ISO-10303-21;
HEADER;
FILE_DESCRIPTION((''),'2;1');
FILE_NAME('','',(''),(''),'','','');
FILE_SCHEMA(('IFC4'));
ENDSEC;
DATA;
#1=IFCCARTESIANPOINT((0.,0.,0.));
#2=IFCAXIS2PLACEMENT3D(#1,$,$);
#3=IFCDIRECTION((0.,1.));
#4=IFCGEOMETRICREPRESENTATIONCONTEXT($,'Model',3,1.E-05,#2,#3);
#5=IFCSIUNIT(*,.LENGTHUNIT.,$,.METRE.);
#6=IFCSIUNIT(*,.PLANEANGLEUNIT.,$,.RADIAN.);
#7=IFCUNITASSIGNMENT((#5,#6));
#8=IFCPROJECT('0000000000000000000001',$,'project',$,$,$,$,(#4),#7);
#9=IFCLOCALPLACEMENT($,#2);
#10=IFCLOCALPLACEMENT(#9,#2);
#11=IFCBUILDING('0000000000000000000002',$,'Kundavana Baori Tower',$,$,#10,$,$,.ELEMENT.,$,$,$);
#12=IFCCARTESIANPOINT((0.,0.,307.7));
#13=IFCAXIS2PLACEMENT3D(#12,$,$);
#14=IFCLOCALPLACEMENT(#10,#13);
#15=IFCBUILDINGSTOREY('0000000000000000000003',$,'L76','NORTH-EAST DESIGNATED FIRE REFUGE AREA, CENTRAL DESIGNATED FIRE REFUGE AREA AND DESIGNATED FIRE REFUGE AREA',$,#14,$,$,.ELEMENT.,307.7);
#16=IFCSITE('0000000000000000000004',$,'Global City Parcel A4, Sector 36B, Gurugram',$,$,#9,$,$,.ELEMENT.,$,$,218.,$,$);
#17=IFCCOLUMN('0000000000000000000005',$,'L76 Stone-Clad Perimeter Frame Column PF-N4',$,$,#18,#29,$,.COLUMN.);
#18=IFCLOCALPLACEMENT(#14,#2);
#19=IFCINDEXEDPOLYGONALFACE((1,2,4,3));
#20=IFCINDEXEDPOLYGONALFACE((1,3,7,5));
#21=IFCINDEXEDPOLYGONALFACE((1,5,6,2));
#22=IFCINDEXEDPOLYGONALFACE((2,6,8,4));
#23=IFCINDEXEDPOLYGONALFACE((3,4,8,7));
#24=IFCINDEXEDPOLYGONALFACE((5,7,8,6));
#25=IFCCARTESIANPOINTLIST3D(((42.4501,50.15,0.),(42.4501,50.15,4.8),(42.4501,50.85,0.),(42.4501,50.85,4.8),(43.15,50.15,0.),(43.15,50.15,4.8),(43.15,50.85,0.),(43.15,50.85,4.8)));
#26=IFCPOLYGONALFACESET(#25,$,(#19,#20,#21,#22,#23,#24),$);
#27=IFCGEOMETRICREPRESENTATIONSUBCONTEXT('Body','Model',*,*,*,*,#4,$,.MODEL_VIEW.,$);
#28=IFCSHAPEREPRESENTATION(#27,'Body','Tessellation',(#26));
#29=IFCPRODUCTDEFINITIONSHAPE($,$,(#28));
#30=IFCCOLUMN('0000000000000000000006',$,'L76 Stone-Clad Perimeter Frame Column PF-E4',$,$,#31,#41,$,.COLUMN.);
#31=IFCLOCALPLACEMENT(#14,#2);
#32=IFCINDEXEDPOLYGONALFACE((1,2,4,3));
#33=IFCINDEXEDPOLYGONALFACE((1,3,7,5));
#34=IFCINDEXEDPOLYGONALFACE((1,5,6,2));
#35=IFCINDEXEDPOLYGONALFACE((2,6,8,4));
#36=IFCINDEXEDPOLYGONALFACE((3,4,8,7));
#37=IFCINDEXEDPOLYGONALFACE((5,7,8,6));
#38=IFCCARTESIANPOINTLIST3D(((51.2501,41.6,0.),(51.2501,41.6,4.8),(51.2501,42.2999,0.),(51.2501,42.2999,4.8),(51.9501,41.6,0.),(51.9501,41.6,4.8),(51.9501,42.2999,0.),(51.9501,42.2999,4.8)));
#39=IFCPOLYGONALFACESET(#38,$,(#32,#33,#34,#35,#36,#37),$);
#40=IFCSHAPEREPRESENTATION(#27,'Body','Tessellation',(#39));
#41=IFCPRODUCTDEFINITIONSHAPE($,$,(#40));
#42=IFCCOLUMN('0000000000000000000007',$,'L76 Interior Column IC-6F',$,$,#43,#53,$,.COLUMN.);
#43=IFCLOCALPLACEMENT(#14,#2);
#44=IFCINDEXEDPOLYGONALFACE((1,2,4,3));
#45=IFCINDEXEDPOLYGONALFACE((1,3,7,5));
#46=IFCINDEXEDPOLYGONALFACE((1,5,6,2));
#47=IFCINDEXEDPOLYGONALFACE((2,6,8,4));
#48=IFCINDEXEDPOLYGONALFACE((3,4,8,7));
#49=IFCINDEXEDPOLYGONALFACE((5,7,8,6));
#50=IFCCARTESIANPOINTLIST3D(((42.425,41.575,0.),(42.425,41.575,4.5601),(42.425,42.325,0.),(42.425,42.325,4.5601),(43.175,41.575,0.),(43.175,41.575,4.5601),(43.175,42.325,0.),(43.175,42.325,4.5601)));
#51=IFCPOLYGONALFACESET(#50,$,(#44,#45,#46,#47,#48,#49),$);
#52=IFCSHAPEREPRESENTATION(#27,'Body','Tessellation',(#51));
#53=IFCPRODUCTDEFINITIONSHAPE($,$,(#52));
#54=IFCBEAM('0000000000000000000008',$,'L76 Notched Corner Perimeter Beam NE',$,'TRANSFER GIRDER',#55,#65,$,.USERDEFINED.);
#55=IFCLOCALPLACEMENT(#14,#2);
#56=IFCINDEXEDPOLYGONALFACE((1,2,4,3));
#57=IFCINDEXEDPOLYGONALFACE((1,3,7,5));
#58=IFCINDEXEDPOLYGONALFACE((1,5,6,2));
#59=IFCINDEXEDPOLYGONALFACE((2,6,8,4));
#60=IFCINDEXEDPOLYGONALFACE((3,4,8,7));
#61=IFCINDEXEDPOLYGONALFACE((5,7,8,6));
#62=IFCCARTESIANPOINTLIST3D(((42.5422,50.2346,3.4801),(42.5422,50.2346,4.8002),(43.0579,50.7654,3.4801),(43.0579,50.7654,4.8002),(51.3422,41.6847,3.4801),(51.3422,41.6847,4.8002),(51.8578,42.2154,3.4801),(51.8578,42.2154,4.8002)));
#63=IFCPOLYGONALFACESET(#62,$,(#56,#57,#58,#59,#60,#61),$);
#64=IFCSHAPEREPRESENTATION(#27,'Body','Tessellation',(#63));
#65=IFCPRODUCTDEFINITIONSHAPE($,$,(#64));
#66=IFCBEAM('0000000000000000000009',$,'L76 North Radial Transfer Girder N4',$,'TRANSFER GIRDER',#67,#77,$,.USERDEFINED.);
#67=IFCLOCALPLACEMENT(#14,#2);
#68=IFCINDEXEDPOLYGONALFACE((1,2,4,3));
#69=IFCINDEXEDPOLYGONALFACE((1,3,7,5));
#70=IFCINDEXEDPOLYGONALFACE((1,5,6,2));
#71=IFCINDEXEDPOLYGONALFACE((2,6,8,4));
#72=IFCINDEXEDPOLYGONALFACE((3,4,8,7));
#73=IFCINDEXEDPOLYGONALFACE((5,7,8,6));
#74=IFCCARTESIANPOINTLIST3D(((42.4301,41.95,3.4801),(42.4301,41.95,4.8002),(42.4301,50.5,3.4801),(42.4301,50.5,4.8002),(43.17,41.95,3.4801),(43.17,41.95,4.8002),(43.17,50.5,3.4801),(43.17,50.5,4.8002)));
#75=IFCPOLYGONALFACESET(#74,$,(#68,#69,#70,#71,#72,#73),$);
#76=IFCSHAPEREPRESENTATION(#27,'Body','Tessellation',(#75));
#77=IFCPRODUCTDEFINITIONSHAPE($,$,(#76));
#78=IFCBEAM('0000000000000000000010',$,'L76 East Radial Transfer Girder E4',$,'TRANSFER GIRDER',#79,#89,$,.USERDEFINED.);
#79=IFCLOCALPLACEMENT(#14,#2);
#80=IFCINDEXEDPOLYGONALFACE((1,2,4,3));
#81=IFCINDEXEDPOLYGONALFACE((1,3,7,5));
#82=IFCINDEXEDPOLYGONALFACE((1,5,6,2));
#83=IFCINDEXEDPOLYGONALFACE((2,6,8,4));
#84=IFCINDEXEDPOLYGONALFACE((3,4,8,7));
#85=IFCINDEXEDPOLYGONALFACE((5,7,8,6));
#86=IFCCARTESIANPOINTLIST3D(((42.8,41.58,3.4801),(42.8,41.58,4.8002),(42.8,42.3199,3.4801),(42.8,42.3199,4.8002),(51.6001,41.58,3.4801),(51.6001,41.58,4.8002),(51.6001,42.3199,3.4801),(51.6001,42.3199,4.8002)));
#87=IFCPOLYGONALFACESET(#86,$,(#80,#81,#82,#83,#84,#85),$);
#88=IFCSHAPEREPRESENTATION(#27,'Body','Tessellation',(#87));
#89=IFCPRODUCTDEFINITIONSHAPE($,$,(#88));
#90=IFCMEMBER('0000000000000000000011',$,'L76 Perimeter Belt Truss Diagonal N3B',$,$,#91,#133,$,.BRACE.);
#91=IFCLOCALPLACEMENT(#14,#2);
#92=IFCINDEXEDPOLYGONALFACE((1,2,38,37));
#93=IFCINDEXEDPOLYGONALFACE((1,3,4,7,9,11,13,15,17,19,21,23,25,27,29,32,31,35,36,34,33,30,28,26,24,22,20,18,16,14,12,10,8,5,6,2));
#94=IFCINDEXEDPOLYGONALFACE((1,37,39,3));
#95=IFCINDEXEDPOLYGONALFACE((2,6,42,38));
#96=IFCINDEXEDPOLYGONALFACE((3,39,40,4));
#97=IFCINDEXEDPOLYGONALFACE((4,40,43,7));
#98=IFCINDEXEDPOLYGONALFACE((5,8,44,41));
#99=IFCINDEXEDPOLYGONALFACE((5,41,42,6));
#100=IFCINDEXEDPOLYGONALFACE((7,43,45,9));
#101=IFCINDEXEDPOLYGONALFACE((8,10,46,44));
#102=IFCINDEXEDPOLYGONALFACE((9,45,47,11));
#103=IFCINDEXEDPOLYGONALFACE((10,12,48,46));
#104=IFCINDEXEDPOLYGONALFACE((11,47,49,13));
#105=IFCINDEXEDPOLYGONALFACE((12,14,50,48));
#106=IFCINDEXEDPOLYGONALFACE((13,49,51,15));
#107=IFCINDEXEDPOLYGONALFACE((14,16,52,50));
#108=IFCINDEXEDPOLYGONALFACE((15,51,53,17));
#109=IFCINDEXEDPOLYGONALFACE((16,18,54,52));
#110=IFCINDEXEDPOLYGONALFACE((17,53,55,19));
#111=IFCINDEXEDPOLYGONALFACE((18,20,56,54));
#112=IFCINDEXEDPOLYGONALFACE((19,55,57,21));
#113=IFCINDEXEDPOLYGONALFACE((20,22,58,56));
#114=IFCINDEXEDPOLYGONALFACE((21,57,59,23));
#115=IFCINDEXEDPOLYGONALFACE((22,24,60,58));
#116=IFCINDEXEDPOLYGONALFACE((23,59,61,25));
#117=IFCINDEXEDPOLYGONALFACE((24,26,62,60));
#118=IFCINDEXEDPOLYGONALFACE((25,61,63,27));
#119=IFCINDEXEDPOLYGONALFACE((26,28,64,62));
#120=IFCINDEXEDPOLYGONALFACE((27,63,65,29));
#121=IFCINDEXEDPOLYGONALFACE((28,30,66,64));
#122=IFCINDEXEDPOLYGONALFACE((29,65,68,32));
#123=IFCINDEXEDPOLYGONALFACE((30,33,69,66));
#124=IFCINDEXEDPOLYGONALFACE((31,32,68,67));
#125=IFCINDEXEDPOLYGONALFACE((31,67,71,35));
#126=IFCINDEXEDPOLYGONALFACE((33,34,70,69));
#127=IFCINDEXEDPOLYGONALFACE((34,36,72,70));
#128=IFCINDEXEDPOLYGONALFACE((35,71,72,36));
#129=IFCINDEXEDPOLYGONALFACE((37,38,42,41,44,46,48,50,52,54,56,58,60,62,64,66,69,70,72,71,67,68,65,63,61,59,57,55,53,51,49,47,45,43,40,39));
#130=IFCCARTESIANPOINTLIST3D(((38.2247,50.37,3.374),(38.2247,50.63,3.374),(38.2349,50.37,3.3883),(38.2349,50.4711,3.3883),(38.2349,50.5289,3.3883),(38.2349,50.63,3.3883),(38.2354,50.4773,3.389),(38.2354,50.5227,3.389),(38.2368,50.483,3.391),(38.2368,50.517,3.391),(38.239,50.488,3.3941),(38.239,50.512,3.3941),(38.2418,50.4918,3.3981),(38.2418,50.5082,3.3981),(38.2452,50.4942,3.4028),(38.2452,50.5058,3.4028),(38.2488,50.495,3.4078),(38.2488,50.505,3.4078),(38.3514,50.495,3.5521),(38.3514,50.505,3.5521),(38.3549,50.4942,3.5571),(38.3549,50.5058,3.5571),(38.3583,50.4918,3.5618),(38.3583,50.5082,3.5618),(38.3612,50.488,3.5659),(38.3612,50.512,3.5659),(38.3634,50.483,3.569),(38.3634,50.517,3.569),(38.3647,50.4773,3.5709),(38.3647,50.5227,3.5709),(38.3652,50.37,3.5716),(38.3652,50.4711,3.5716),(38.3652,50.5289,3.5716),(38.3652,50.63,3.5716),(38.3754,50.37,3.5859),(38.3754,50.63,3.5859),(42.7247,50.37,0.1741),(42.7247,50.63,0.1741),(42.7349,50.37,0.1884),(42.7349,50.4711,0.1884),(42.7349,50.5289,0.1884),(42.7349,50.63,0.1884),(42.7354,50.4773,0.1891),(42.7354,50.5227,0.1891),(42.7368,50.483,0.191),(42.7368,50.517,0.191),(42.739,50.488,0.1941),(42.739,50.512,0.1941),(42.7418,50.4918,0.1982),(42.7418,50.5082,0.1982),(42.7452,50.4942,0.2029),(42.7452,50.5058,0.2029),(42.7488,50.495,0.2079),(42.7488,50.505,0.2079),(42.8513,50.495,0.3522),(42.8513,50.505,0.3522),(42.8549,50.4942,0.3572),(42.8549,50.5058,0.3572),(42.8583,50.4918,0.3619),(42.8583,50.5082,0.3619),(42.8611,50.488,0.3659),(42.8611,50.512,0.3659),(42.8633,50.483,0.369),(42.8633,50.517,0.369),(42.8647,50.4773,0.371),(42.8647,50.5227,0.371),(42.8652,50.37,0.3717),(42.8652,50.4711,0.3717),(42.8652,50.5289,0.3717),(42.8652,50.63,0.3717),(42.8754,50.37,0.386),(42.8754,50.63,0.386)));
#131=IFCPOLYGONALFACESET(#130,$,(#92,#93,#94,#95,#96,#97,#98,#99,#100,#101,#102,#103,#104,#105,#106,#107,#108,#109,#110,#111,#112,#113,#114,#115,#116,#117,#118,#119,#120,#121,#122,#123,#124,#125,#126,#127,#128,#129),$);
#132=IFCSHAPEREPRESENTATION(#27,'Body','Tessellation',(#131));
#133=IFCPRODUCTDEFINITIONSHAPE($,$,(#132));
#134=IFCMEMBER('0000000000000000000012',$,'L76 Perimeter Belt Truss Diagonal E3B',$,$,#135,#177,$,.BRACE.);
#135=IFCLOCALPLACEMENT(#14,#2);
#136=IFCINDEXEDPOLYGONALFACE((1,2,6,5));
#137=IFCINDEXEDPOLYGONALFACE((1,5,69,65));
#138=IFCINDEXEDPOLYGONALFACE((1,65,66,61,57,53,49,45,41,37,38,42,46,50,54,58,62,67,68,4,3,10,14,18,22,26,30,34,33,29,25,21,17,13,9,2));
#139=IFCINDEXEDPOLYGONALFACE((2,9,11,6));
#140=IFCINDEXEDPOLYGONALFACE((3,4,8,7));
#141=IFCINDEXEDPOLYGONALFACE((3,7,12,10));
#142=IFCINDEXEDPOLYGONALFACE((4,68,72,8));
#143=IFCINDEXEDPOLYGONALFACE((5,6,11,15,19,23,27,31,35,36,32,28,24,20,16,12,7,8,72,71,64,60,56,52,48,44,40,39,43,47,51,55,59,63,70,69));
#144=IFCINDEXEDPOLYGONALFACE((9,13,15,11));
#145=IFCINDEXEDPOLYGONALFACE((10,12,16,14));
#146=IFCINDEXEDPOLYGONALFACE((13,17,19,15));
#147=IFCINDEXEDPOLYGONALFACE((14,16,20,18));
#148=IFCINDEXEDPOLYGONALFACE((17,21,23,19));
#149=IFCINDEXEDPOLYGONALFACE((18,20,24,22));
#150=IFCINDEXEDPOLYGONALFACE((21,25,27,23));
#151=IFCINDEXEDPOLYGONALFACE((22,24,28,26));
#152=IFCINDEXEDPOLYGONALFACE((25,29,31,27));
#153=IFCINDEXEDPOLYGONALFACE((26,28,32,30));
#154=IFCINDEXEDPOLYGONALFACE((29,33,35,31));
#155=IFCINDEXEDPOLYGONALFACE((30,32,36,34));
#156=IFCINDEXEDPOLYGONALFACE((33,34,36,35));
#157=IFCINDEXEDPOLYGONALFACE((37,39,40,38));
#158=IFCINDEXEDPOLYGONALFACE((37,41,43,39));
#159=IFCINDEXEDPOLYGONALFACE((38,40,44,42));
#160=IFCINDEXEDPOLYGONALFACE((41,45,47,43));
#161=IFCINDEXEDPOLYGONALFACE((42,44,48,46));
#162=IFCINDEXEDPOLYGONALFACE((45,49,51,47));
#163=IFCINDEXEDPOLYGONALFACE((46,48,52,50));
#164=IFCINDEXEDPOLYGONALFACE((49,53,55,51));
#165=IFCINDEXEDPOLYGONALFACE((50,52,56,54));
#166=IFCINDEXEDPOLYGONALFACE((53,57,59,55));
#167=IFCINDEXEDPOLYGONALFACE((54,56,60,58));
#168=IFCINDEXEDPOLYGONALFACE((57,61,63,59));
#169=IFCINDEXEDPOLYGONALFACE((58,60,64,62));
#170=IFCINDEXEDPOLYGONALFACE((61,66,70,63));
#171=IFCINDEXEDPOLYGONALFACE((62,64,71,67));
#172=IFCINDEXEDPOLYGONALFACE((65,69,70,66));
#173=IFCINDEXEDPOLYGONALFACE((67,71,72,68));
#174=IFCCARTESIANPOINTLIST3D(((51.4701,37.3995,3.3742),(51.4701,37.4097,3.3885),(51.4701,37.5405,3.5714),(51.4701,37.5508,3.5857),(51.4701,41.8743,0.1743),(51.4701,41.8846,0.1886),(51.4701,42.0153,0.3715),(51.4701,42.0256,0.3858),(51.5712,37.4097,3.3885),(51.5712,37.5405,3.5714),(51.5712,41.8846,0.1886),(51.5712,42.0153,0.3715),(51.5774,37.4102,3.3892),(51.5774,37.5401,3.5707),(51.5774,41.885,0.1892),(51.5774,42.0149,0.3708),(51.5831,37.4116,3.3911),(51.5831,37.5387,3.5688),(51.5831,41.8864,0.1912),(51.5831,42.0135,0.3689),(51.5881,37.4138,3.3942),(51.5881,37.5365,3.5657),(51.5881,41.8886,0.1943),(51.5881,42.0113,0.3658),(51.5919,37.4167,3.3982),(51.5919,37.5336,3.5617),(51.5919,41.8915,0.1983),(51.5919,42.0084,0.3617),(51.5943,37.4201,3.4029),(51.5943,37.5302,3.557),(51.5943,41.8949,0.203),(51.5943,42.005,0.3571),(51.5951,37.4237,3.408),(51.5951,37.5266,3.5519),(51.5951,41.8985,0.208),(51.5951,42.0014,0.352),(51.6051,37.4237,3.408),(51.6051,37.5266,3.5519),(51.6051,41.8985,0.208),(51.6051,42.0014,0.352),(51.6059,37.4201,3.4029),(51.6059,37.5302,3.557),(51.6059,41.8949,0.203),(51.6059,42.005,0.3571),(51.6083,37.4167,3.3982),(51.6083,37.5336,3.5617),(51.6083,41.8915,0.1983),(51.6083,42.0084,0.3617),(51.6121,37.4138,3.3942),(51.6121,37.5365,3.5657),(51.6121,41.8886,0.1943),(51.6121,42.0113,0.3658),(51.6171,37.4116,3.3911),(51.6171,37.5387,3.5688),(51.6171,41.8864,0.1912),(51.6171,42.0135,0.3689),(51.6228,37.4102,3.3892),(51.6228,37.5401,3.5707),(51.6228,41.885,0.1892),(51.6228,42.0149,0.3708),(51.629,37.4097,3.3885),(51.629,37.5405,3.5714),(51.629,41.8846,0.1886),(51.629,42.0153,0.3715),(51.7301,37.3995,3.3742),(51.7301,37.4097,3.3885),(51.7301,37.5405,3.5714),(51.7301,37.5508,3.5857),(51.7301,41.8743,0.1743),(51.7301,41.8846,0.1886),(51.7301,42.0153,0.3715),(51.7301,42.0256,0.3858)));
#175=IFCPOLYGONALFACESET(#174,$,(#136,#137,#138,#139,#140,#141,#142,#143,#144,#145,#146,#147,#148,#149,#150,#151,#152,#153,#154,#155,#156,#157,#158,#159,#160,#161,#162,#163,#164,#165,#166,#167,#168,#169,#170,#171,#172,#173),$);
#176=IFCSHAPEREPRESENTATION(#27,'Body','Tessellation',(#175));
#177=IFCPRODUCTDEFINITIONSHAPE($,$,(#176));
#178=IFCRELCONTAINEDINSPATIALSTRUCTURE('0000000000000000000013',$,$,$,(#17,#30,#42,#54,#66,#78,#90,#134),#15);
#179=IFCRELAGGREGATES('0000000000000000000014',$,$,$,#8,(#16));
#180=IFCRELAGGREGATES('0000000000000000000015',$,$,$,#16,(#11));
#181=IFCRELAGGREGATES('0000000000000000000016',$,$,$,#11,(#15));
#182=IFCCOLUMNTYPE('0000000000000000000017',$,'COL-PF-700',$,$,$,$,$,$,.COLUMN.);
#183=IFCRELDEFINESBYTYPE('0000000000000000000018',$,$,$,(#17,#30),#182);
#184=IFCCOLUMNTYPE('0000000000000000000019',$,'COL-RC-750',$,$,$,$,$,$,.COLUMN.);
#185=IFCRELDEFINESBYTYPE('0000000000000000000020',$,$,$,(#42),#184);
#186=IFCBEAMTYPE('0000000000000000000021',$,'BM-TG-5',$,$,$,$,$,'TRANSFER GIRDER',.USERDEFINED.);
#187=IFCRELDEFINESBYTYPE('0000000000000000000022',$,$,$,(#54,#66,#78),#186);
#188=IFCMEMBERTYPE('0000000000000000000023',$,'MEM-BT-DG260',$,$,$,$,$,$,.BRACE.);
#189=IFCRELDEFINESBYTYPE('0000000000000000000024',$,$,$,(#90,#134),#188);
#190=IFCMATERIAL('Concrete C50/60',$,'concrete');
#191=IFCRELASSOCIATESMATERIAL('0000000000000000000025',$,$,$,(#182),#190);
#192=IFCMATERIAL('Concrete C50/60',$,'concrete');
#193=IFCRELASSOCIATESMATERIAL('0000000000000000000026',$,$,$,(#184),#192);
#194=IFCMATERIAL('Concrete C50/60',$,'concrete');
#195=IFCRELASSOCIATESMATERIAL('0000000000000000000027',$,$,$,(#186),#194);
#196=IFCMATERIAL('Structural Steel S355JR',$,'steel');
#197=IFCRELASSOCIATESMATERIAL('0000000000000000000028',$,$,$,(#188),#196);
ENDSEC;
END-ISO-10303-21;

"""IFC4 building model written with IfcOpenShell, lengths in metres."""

from ifc_helpers import new_model, si_unit, direction, frame, origin, origin_2d, place, context, subcontext, project, spatial, rectangle, i_section, extrude, material, material_profile, profile_set, type_object, element, save


model = new_model("IFC4")

# Units and contexts
model_context = context("Model", 3, precision=1e-05, world=origin(), true_north=direction((0.0, 1.0)))
body_context = subcontext(model_context, "Body", "Model", "MODEL_VIEW")
ifc_project = project(units=[si_unit("LENGTHUNIT", "METRE"), si_unit("PLANEANGLEUNIT", "RADIAN")], contexts=[model_context])

# Site, building, storey
site_placement = place(None, origin())
site = spatial("IfcSite", under=ifc_project, at=site_placement, Name="Global City Parcel A4, Sector 36B, Gurugram", CompositionType="ELEMENT", RefElevation=218.0)
building_placement = place(site_placement, origin())
building = spatial("IfcBuilding", under=site, at=building_placement, Name="Kundavana Baori Tower", CompositionType="ELEMENT")
storey_placement = place(building_placement, frame((0.0, 0.0, 307.7)))
storey = spatial("IfcBuildingStorey", under=building, at=storey_placement, Name="L76", Description="NORTH-EAST DESIGNATED FIRE REFUGE AREA, CENTRAL DESIGNATED FIRE REFUGE AREA AND DESIGNATED FIRE REFUGE AREA", CompositionType="ELEMENT", Elevation=307.7)

# Columns
ifc_material_1 = material(Name="Concrete C50/60", Category="concrete")
ifc_material_profile_1 = material_profile(ifc_material_1, rectangle(XDim=0.7, YDim=0.7, at=origin_2d()), Name="RC PF 700x700")
ifc_profile_set_1 = profile_set([ifc_material_profile_1], Name="Concrete C50/60")
column_type_1 = type_object("IfcColumnType", Name="COL-PF-700", PredefinedType="COLUMN", material=ifc_profile_set_1)
for number, where, z_axis, x_axis, name in (
    (1, (42.8, 50.5, 0.0), (0.0, 0.0, 1.0), (1.0, 0.0, 0.0), "L76 Stone-Clad Perimeter Frame Column PF-N4"),
    (2, (51.6001, 41.95, 0.0), (0.0, 0.0, 1.0), (1.0, 0.0, 0.0), "L76 Stone-Clad Perimeter Frame Column PF-E4"),
):
    element("IfcColumn", number, at=place(storey_placement, frame(where, z_axis=z_axis, x_axis=x_axis)), inside=storey, type_object=column_type_1, Name=name, PredefinedType="COLUMN", context=body_context, shape_type="SweptSolid", body=[
        extrude(rectangle(XDim=0.7, YDim=0.7, at=origin_2d()), origin(), (0.0, 0.0, 1.0), 4.8),
    ])
ifc_material_2 = material(Name="Concrete C50/60", Category="concrete")
ifc_material_profile_2 = material_profile(ifc_material_2, rectangle(XDim=0.75, YDim=0.75, at=origin_2d()), Name="RC 750x750")
ifc_profile_set_2 = profile_set([ifc_material_profile_2], Name="Concrete C50/60")
column_type_2 = type_object("IfcColumnType", Name="COL-RC-750", PredefinedType="COLUMN", material=ifc_profile_set_2)
column_placement = place(storey_placement, frame((42.8, 41.95, 0.0), z_axis=(0.0, 0.0, 1.0), x_axis=(1.0, 0.0, 0.0)))
element("IfcColumn", 3, at=column_placement, inside=storey, type_object=column_type_2, Name="L76 Interior Column IC-6F", PredefinedType="COLUMN", context=body_context, shape_type="SweptSolid", body=[
    extrude(rectangle(XDim=0.75, YDim=0.75, at=origin_2d()), origin(), (0.0, 0.0, 1.0), 4.5601),
])

# Beams
ifc_material_3 = material(Name="Concrete C50/60", Category="concrete")
ifc_material_profile_3 = material_profile(ifc_material_3, rectangle(XDim=0.74, YDim=1.3201, at=origin_2d()), Name="BM-TG-5")
ifc_profile_set_3 = profile_set([ifc_material_profile_3], Name="Concrete C50/60")
beam_type = type_object("IfcBeamType", Name="BM-TG-5", ElementType="TRANSFER GIRDER", PredefinedType="USERDEFINED", material=ifc_profile_set_3)
beam_1_placement = place(storey_placement, frame((42.8, 50.5, 4.1401), z_axis=(0.717221, -0.696846, 0.0), x_axis=(0.696846, 0.717221, 0.0)))
element("IfcBeam", 4, at=beam_1_placement, inside=storey, type_object=beam_type, Name="L76 Notched Corner Perimeter Beam NE", ObjectType="TRANSFER GIRDER", PredefinedType="USERDEFINED", context=body_context, shape_type="SweptSolid", body=[
    extrude(rectangle(XDim=0.74, YDim=1.3201, at=origin_2d()), origin(), (0.0, 0.0, 1.0), 12.2695),
])
beam_2_placement = place(storey_placement, frame((42.8, 41.95, 4.1401), z_axis=(0.0, 1.0, 0.0), x_axis=(-1.0, 0.0, 0.0)))
element("IfcBeam", 5, at=beam_2_placement, inside=storey, type_object=beam_type, Name="L76 North Radial Transfer Girder N4", ObjectType="TRANSFER GIRDER", PredefinedType="USERDEFINED", context=body_context, shape_type="SweptSolid", body=[
    extrude(rectangle(XDim=0.74, YDim=1.3201, at=origin_2d()), origin(), (0.0, 0.0, 1.0), 8.55),
])
beam_3_placement = place(storey_placement, frame((42.8, 41.95, 4.1401), z_axis=(1.0, 0.0, 0.0), x_axis=(0.0, 1.0, 0.0)))
element("IfcBeam", 6, at=beam_3_placement, inside=storey, type_object=beam_type, Name="L76 East Radial Transfer Girder E4", ObjectType="TRANSFER GIRDER", PredefinedType="USERDEFINED", context=body_context, shape_type="SweptSolid", body=[
    extrude(rectangle(XDim=0.74, YDim=1.3201, at=origin_2d()), origin(), (0.0, 0.0, 1.0), 8.8),
])

# Members
ifc_material_4 = material(Name="Structural Steel S355JR", Category="steel")
ifc_material_profile_4 = material_profile(ifc_material_4, i_section(OverallWidth=0.26, OverallDepth=0.26, WebThickness=0.01, FlangeThickness=0.0176, FilletRadius=0.0239, at=origin_2d()), Name="WPB 260x260x93")
ifc_profile_set_4 = profile_set([ifc_material_profile_4], Name="Structural Steel S355JR")
member_type_1 = type_object("IfcMemberType", Name="MEM-BT-DG260", PredefinedType="BRACE", material=ifc_profile_set_4)
member_1_placement = place(storey_placement, frame((42.8, 50.5, 0.28), z_axis=(-0.81496, 0.0, 0.579518), x_axis=(0.0, -1.0, 0.0)))
element("IfcMember", 7, at=member_1_placement, inside=storey, type_object=member_type_1, Name="L76 Perimeter Belt Truss Diagonal N3B", PredefinedType="BRACE", context=body_context, shape_type="SweptSolid", body=[
    extrude(i_section(OverallWidth=0.26, OverallDepth=0.26, WebThickness=0.01, FlangeThickness=0.0176, FilletRadius=0.0239, at=origin_2d()), origin(), (0.0, 0.0, 1.0), 5.5217),
])
member_2_placement = place(storey_placement, frame((51.6001, 41.95, 0.28), z_axis=(0.0, -0.813422, 0.581675), x_axis=(1.0, 0.0, 0.0)))
element("IfcMember", 8, at=member_2_placement, inside=storey, type_object=member_type_1, Name="L76 Perimeter Belt Truss Diagonal E3B", PredefinedType="BRACE", context=body_context, shape_type="SweptSolid", body=[
    extrude(i_section(OverallWidth=0.26, OverallDepth=0.26, WebThickness=0.01, FlangeThickness=0.0176, FilletRadius=0.0239, at=origin_2d()), origin(), (0.0, 0.0, 1.0), 5.5012),
])

save(model, "model.ifc")
